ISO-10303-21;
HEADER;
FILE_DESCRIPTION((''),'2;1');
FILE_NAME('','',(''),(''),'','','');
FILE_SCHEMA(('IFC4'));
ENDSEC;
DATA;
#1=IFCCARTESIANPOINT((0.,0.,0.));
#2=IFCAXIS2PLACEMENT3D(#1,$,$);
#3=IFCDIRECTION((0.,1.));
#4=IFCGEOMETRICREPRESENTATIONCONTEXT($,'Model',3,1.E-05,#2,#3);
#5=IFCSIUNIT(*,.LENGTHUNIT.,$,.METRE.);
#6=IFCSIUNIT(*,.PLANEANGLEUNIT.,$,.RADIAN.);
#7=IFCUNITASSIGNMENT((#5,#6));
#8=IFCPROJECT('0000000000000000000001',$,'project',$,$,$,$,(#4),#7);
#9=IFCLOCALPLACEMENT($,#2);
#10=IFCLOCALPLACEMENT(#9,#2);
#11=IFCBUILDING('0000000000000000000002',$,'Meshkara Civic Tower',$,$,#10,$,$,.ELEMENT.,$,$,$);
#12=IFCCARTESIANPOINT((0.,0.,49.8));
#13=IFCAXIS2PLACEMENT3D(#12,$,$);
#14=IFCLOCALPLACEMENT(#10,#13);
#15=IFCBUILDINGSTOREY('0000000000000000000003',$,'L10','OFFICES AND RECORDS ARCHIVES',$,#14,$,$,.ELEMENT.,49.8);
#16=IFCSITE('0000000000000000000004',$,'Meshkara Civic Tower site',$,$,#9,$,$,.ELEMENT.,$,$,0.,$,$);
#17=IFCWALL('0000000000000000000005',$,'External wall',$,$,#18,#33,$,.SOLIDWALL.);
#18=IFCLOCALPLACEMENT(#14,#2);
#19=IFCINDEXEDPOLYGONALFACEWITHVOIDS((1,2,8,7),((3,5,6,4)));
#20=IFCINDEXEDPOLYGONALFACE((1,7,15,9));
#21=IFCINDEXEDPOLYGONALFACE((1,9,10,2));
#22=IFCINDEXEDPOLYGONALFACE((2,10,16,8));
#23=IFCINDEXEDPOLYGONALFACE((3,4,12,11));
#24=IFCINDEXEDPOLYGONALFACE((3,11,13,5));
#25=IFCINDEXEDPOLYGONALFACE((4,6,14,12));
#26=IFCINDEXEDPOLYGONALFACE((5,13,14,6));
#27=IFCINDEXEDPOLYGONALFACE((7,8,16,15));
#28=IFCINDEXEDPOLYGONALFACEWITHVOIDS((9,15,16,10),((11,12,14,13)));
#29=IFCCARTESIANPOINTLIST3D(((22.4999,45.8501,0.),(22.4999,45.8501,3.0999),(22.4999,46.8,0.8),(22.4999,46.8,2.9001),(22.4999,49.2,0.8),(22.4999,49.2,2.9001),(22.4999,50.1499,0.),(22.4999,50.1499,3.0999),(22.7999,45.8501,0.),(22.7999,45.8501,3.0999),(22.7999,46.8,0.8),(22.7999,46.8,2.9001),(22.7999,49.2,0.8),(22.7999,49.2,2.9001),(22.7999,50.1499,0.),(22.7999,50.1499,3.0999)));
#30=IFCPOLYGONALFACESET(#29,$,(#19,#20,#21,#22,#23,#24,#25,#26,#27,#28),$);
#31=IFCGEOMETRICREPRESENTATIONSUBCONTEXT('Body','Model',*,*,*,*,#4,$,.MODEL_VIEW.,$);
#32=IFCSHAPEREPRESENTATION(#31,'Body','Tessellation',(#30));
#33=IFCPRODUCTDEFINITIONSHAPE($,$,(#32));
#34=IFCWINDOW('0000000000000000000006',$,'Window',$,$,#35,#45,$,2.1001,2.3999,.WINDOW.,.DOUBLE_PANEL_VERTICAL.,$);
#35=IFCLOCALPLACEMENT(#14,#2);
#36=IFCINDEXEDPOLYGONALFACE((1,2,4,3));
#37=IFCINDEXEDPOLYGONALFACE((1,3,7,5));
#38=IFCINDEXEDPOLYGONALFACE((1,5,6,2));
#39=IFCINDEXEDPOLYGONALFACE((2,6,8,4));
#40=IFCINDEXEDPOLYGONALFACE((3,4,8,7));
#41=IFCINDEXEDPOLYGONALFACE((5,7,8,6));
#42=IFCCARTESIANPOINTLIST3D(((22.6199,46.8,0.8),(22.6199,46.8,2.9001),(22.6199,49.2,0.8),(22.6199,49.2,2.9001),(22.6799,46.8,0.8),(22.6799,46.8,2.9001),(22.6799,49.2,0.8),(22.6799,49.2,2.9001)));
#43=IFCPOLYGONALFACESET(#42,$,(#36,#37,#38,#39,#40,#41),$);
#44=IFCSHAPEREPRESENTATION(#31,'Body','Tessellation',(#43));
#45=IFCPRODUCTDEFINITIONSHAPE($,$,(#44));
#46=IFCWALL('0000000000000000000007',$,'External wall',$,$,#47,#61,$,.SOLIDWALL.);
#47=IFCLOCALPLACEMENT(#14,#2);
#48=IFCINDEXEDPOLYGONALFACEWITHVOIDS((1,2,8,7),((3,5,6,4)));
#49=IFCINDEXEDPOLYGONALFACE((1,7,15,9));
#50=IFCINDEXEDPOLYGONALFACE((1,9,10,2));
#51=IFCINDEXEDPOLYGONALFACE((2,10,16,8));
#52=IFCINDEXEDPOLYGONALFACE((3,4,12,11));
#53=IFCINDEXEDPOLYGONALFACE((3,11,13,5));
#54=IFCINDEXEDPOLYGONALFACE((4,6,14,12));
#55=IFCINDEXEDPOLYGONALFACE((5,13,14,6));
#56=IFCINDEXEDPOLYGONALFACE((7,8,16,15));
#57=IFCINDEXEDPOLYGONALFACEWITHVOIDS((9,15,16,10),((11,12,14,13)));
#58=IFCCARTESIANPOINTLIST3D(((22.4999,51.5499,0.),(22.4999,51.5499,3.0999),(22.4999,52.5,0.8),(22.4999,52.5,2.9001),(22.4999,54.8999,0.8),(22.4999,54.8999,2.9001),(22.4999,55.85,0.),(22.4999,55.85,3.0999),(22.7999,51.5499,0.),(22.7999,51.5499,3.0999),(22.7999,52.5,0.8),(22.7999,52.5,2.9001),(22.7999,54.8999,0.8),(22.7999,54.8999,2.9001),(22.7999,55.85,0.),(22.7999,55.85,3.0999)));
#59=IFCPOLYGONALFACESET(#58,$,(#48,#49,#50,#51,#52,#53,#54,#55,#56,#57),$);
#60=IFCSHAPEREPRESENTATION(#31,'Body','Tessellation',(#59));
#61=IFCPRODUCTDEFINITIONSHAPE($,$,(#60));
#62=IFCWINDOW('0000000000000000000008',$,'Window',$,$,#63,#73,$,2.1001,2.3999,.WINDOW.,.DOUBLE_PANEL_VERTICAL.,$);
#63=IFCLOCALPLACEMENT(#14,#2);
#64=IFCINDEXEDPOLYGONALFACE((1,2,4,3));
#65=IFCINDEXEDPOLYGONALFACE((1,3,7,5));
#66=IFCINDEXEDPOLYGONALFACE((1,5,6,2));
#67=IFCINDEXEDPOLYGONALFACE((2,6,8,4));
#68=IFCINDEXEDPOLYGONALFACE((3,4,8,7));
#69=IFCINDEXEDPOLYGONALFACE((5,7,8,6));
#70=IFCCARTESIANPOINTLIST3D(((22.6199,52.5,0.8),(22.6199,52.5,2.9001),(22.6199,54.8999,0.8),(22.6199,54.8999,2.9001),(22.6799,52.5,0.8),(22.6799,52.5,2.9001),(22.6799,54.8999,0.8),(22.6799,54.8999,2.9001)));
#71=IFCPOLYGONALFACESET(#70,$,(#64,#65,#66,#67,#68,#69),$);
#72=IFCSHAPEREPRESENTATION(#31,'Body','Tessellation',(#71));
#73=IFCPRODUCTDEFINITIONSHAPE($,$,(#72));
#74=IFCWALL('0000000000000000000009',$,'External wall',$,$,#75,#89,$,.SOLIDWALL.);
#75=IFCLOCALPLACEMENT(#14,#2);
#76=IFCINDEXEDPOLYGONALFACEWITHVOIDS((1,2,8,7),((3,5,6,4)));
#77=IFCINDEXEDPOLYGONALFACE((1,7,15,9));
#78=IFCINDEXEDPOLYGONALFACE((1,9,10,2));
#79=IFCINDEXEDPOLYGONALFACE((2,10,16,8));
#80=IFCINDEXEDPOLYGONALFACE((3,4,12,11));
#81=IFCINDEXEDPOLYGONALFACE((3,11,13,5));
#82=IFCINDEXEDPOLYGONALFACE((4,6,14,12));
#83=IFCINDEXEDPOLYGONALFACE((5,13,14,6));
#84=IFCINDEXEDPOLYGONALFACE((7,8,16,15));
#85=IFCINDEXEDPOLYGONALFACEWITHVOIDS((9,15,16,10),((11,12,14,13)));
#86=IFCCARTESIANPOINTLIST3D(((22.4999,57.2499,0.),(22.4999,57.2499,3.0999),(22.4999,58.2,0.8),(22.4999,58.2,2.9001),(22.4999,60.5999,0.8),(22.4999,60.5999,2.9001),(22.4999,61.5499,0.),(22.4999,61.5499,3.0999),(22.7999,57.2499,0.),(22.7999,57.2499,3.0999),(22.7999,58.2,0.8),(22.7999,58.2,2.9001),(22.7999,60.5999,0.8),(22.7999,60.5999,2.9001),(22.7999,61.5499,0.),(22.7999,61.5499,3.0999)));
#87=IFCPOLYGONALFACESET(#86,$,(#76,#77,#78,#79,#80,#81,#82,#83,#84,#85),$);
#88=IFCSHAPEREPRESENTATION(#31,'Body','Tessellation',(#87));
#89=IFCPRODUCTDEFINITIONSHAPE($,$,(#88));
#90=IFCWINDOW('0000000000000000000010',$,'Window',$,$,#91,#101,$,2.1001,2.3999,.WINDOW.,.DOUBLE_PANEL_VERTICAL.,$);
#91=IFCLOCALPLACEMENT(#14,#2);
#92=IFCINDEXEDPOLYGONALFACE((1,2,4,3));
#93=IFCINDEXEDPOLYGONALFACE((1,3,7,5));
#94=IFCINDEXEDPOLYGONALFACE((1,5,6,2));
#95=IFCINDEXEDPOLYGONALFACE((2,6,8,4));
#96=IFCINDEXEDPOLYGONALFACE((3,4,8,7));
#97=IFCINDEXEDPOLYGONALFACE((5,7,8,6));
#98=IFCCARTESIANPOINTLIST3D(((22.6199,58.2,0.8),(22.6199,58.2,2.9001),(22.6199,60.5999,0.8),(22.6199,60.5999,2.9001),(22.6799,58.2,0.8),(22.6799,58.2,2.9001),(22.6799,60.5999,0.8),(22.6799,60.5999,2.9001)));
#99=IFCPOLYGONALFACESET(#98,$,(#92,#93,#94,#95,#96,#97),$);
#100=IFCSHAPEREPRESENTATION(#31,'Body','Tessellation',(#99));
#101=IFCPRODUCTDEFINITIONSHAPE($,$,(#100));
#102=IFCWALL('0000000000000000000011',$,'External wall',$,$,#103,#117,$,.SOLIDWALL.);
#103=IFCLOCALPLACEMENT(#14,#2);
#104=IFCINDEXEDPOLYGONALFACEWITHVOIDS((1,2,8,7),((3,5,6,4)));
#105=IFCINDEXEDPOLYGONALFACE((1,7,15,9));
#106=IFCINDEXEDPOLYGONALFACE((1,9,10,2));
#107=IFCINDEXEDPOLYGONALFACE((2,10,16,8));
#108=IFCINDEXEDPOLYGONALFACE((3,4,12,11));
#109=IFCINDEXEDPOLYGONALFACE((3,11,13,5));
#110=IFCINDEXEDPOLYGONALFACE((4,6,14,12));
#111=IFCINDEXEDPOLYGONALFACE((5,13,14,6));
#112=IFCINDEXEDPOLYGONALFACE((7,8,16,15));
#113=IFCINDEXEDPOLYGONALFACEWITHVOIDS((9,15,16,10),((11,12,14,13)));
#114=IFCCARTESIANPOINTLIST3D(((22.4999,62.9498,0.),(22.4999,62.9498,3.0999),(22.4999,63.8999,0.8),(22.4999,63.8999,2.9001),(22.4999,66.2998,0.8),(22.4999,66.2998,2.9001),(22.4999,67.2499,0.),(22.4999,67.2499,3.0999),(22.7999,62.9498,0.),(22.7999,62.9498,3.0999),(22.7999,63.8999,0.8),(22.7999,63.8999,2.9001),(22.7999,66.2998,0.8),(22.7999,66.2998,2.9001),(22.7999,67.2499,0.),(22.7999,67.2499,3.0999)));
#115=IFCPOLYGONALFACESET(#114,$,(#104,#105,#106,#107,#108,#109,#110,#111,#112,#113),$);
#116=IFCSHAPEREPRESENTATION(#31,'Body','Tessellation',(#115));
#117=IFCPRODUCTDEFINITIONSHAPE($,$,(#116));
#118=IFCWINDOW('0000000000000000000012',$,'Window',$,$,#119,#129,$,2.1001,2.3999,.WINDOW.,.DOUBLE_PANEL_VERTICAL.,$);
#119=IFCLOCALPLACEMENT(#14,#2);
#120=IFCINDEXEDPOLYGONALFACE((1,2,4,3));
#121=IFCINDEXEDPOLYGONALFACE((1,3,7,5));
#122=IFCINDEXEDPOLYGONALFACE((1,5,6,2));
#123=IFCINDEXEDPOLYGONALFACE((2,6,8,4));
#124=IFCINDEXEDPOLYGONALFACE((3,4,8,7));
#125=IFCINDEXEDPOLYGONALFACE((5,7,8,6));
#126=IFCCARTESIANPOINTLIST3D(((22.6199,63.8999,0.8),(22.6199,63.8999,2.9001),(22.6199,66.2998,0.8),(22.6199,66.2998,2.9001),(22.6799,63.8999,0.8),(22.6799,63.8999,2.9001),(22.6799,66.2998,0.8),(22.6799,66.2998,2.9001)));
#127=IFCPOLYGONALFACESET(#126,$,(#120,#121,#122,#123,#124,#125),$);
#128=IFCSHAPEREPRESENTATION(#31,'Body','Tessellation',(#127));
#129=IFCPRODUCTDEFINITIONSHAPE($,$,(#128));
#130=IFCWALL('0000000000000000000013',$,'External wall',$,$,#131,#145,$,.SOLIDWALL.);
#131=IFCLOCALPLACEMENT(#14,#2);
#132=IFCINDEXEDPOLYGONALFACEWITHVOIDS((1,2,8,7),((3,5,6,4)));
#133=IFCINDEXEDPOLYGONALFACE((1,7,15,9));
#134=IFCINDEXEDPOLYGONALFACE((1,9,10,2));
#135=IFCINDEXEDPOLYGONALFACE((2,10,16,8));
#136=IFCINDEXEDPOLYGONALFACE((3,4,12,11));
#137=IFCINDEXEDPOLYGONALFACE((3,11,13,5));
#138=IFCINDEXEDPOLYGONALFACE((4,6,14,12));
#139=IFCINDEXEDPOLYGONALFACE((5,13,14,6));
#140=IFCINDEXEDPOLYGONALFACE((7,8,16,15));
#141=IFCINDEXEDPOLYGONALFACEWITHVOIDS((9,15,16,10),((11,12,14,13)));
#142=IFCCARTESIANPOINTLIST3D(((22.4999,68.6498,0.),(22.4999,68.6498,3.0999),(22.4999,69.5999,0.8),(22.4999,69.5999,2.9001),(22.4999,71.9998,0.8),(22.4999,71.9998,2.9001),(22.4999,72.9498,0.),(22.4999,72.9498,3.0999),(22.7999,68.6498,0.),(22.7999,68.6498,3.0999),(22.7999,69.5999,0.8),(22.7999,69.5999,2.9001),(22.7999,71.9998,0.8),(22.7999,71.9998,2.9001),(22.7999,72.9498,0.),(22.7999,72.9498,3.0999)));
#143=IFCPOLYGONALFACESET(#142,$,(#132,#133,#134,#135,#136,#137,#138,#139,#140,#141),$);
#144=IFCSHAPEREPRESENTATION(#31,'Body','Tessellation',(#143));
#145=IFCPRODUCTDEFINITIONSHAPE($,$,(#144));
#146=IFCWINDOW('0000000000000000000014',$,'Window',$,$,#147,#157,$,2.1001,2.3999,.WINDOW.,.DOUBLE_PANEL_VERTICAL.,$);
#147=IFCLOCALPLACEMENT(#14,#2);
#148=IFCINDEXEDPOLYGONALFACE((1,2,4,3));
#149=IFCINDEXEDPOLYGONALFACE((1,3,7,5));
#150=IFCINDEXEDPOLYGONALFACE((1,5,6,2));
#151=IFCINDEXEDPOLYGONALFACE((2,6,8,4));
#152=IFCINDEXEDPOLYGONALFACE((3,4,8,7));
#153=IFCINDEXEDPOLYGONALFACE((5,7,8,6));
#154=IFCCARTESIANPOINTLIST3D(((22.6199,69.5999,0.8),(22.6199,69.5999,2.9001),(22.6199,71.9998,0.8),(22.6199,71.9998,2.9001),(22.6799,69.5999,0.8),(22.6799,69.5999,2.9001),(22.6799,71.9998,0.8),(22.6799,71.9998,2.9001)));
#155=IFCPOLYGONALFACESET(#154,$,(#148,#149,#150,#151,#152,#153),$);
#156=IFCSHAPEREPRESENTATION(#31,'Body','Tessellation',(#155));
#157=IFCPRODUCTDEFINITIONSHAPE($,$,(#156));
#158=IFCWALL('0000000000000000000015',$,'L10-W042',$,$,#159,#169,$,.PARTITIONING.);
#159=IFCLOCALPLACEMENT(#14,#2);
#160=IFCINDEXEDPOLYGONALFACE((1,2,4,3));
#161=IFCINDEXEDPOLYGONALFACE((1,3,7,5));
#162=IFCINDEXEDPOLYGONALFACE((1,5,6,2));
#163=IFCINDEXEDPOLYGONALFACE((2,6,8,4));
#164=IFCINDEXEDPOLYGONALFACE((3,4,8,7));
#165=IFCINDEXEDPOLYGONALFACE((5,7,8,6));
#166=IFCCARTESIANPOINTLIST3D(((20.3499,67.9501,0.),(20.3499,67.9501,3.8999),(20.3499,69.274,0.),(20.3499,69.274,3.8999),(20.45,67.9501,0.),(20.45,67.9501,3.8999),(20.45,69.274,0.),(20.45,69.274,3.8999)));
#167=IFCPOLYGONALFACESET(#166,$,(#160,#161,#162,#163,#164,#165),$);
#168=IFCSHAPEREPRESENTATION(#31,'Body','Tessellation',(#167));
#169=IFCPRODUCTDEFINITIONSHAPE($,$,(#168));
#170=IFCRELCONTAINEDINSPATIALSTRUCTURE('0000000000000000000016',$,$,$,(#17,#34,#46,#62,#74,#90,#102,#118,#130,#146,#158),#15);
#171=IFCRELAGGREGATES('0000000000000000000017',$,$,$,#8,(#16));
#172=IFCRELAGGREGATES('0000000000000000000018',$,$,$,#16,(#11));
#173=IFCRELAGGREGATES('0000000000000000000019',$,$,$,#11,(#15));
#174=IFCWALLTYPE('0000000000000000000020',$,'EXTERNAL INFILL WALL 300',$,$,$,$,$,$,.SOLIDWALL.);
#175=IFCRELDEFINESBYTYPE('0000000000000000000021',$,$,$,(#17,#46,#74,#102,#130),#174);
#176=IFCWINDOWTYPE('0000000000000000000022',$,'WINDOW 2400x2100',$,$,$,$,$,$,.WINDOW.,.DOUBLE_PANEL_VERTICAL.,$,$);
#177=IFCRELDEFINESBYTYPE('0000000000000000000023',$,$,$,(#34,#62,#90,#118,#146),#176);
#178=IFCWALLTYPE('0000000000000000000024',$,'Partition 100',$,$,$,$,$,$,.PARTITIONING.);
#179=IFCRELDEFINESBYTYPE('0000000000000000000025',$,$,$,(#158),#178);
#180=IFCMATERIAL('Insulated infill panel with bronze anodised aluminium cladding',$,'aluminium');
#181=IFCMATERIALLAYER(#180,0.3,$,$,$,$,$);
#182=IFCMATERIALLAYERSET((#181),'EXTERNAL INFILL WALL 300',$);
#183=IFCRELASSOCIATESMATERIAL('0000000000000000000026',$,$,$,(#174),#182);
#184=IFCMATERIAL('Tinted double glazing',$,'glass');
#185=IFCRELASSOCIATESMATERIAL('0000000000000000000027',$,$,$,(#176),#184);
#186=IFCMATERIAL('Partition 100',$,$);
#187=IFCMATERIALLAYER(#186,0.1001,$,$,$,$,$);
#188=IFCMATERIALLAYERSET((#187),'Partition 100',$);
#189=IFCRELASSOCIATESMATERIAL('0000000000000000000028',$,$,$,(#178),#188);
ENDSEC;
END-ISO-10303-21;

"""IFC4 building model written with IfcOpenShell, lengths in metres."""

from ifc_helpers import new_model, si_unit, direction, frame, frame_2d, origin, place, context, subcontext, project, spatial, rectangle, extrude, material, layer, layer_set, type_object, element, fill, save


model = new_model("IFC4")

# Units and contexts
model_context = context("Model", 3, precision=1e-05, world=origin(), true_north=direction((0.0, 1.0)))
body_context = subcontext(model_context, "Body", "Model", "MODEL_VIEW")
ifc_project = project(units=[si_unit("LENGTHUNIT", "METRE"), si_unit("PLANEANGLEUNIT", "RADIAN")], contexts=[model_context])

# Site, building, storey
site_placement = place(None, origin())
site = spatial("IfcSite", under=ifc_project, at=site_placement, Name="Meshkara Civic Tower site", CompositionType="ELEMENT", RefElevation=0.0)
building_placement = place(site_placement, origin())
building = spatial("IfcBuilding", under=site, at=building_placement, Name="Meshkara Civic Tower", CompositionType="ELEMENT")
storey_placement = place(building_placement, frame((0.0, 0.0, 49.8)))
storey = spatial("IfcBuildingStorey", under=building, at=storey_placement, Name="L10", Description="OFFICES AND RECORDS ARCHIVES", CompositionType="ELEMENT", Elevation=49.8)

# Walls, openings, windows
ifc_material_1 = material(Name="Insulated infill panel with bronze anodised aluminium cladding", Category="aluminium")
ifc_layer_1 = layer(ifc_material_1, 0.3)
ifc_layer_set_1 = layer_set([ifc_layer_1], Name="EXTERNAL INFILL WALL 300")
wall_type_1 = type_object("IfcWallType", Name="EXTERNAL INFILL WALL 300", PredefinedType="SOLIDWALL", material=ifc_layer_set_1)
wall_1_placement = place(storey_placement, frame((22.6499, 45.8501, 0.0), z_axis=(0.0, 0.0, 1.0), x_axis=(0.0, 1.0, 0.0)))
wall_1 = element("IfcWall", 1, at=wall_1_placement, inside=storey, type_object=wall_type_1, Name="External wall", PredefinedType="SOLIDWALL", context=body_context, shape_type="SweptSolid", body=[
    extrude(rectangle(XDim=4.2998, YDim=0.3, at=frame_2d((2.1499, 0.0))), origin(), (0.0, 0.0, 1.0), 3.0999),
])
opening_1_placement = place(wall_1_placement, frame((0.95, 0.0, 0.8)))
opening_1 = element("IfcOpeningElement", 2, at=opening_1_placement, cuts=wall_1, PredefinedType="OPENING", context=body_context, shape_type="SweptSolid", body=[
    extrude(rectangle(XDim=2.3999, YDim=2.1001, at=frame_2d((1.2, 1.05))), frame((0.0, 0.1599, 0.0), z_axis=(0.0, -1.0, 0.0), x_axis=(1.0, 0.0, 0.0)), (0.0, 0.0, 1.0), 0.3201),
])
ifc_material_2 = material(Name="Tinted double glazing", Category="glass")
window_type = type_object("IfcWindowType", Name="WINDOW 2400x2100", PartitioningType="DOUBLE_PANEL_VERTICAL", PredefinedType="WINDOW", material=ifc_material_2)
window_1_placement = place(opening_1_placement, origin())
window_1 = element("IfcWindow", 3, at=window_1_placement, inside=storey, type_object=window_type, Name="Window", OverallHeight=2.1001, OverallWidth=2.3999, PartitioningType="DOUBLE_PANEL_VERTICAL", PredefinedType="WINDOW", context=body_context, shape_type="SweptSolid", body=[
    extrude(rectangle(XDim=2.3999, YDim=2.1001, at=frame_2d((1.2, 1.05))), frame((0.0, 0.03, 0.0), z_axis=(0.0, -1.0, 0.0), x_axis=(1.0, 0.0, 0.0)), (0.0, 0.0, 1.0), 0.0601),
])
fill(opening_1, window_1)
wall_2_placement = place(storey_placement, frame((22.6499, 51.55, 0.0), z_axis=(0.0, 0.0, 1.0), x_axis=(0.0, 1.0, 0.0)))
wall_2 = element("IfcWall", 4, at=wall_2_placement, inside=storey, type_object=wall_type_1, Name="External wall", PredefinedType="SOLIDWALL", context=body_context, shape_type="SweptSolid", body=[
    extrude(rectangle(XDim=4.3, YDim=0.3, at=frame_2d((2.1499, 0.0))), origin(), (0.0, 0.0, 1.0), 3.0999),
])
opening_2_placement = place(wall_2_placement, frame((0.95, 0.0, 0.8)))
opening_2 = element("IfcOpeningElement", 5, at=opening_2_placement, cuts=wall_2, PredefinedType="OPENING", context=body_context, shape_type="SweptSolid", body=[
    extrude(rectangle(XDim=2.3999, YDim=2.1001, at=frame_2d((1.2, 1.05))), frame((0.0, 0.1599, 0.0), z_axis=(0.0, -1.0, 0.0), x_axis=(1.0, 0.0, 0.0)), (0.0, 0.0, 1.0), 0.3201),
])
window_2_placement = place(opening_2_placement, origin())
window_2 = element("IfcWindow", 6, at=window_2_placement, inside=storey, type_object=window_type, Name="Window", OverallHeight=2.1001, OverallWidth=2.3999, PartitioningType="DOUBLE_PANEL_VERTICAL", PredefinedType="WINDOW", context=body_context, shape_type="SweptSolid", body=[
    extrude(rectangle(XDim=2.3999, YDim=2.1001, at=frame_2d((1.2, 1.05))), frame((0.0, 0.03, 0.0), z_axis=(0.0, -1.0, 0.0), x_axis=(1.0, 0.0, 0.0)), (0.0, 0.0, 1.0), 0.0601),
])
fill(opening_2, window_2)
wall_3_placement = place(storey_placement, frame((22.6499, 57.25, 0.0), z_axis=(0.0, 0.0, 1.0), x_axis=(0.0, 1.0, 0.0)))
wall_3 = element("IfcWall", 7, at=wall_3_placement, inside=storey, type_object=wall_type_1, Name="External wall", PredefinedType="SOLIDWALL", context=body_context, shape_type="SweptSolid", body=[
    extrude(rectangle(XDim=4.3, YDim=0.3, at=frame_2d((2.1499, 0.0))), origin(), (0.0, 0.0, 1.0), 3.0999),
])
opening_3_placement = place(wall_3_placement, frame((0.95, 0.0, 0.8)))
opening_3 = element("IfcOpeningElement", 8, at=opening_3_placement, cuts=wall_3, PredefinedType="OPENING", context=body_context, shape_type="SweptSolid", body=[
    extrude(rectangle(XDim=2.3999, YDim=2.1001, at=frame_2d((1.2, 1.05))), frame((0.0, 0.1599, 0.0), z_axis=(0.0, -1.0, 0.0), x_axis=(1.0, 0.0, 0.0)), (0.0, 0.0, 1.0), 0.3201),
])
window_3_placement = place(opening_3_placement, origin())
window_3 = element("IfcWindow", 9, at=window_3_placement, inside=storey, type_object=window_type, Name="Window", OverallHeight=2.1001, OverallWidth=2.3999, PartitioningType="DOUBLE_PANEL_VERTICAL", PredefinedType="WINDOW", context=body_context, shape_type="SweptSolid", body=[
    extrude(rectangle(XDim=2.3999, YDim=2.1001, at=frame_2d((1.2, 1.05))), frame((0.0, 0.03, 0.0), z_axis=(0.0, -1.0, 0.0), x_axis=(1.0, 0.0, 0.0)), (0.0, 0.0, 1.0), 0.0601),
])
fill(opening_3, window_3)
wall_4_placement = place(storey_placement, frame((22.6499, 62.95, 0.0), z_axis=(0.0, 0.0, 1.0), x_axis=(0.0, 1.0, 0.0)))
wall_4 = element("IfcWall", 10, at=wall_4_placement, inside=storey, type_object=wall_type_1, Name="External wall", PredefinedType="SOLIDWALL", context=body_context, shape_type="SweptSolid", body=[
    extrude(rectangle(XDim=4.3, YDim=0.3, at=frame_2d((2.1499, 0.0))), origin(), (0.0, 0.0, 1.0), 3.0999),
])
opening_4_placement = place(wall_4_placement, frame((0.95, 0.0, 0.8)))
opening_4 = element("IfcOpeningElement", 11, at=opening_4_placement, cuts=wall_4, PredefinedType="OPENING", context=body_context, shape_type="SweptSolid", body=[
    extrude(rectangle(XDim=2.3999, YDim=2.1001, at=frame_2d((1.2, 1.05))), frame((0.0, 0.1599, 0.0), z_axis=(0.0, -1.0, 0.0), x_axis=(1.0, 0.0, 0.0)), (0.0, 0.0, 1.0), 0.3201),
])
window_4_placement = place(opening_4_placement, origin())
window_4 = element("IfcWindow", 12, at=window_4_placement, inside=storey, type_object=window_type, Name="Window", OverallHeight=2.1001, OverallWidth=2.3999, PartitioningType="DOUBLE_PANEL_VERTICAL", PredefinedType="WINDOW", context=body_context, shape_type="SweptSolid", body=[
    extrude(rectangle(XDim=2.3999, YDim=2.1001, at=frame_2d((1.2, 1.05))), frame((0.0, 0.03, 0.0), z_axis=(0.0, -1.0, 0.0), x_axis=(1.0, 0.0, 0.0)), (0.0, 0.0, 1.0), 0.0601),
])
fill(opening_4, window_4)
wall_5_placement = place(storey_placement, frame((22.6499, 68.6499, 0.0), z_axis=(0.0, 0.0, 1.0), x_axis=(0.0, 1.0, 0.0)))
wall_5 = element("IfcWall", 13, at=wall_5_placement, inside=storey, type_object=wall_type_1, Name="External wall", PredefinedType="SOLIDWALL", context=body_context, shape_type="SweptSolid", body=[
    extrude(rectangle(XDim=4.3, YDim=0.3, at=frame_2d((2.1499, 0.0))), origin(), (0.0, 0.0, 1.0), 3.0999),
])
opening_5_placement = place(wall_5_placement, frame((0.95, 0.0, 0.8)))
opening_5 = element("IfcOpeningElement", 14, at=opening_5_placement, cuts=wall_5, PredefinedType="OPENING", context=body_context, shape_type="SweptSolid", body=[
    extrude(rectangle(XDim=2.3999, YDim=2.1001, at=frame_2d((1.2, 1.05))), frame((0.0, 0.1599, 0.0), z_axis=(0.0, -1.0, 0.0), x_axis=(1.0, 0.0, 0.0)), (0.0, 0.0, 1.0), 0.3201),
])
window_5_placement = place(opening_5_placement, origin())
window_5 = element("IfcWindow", 15, at=window_5_placement, inside=storey, type_object=window_type, Name="Window", OverallHeight=2.1001, OverallWidth=2.3999, PartitioningType="DOUBLE_PANEL_VERTICAL", PredefinedType="WINDOW", context=body_context, shape_type="SweptSolid", body=[
    extrude(rectangle(XDim=2.3999, YDim=2.1001, at=frame_2d((1.2, 1.05))), frame((0.0, 0.03, 0.0), z_axis=(0.0, -1.0, 0.0), x_axis=(1.0, 0.0, 0.0)), (0.0, 0.0, 1.0), 0.0601),
])
fill(opening_5, window_5)

# Wall
ifc_material_3 = material(Name="Partition 100")
ifc_layer_2 = layer(ifc_material_3, 0.1001)
ifc_layer_set_2 = layer_set([ifc_layer_2], Name="Partition 100")
wall_type_2 = type_object("IfcWallType", Name="Partition 100", PredefinedType="PARTITIONING", material=ifc_layer_set_2)
wall_6_placement = place(storey_placement, frame((20.3999, 67.95, 0.0), z_axis=(0.0, 0.0, 1.0), x_axis=(0.0, 1.0, 0.0)))
element("IfcWall", 16, at=wall_6_placement, inside=storey, type_object=wall_type_2, Name="L10-W042", PredefinedType="PARTITIONING", context=body_context, shape_type="SweptSolid", body=[
    extrude(rectangle(XDim=1.324, YDim=0.1001, at=frame_2d((0.6621, 0.0))), origin(), (0.0, 0.0, 1.0), 3.8999),
])

save(model, "model.ifc")
